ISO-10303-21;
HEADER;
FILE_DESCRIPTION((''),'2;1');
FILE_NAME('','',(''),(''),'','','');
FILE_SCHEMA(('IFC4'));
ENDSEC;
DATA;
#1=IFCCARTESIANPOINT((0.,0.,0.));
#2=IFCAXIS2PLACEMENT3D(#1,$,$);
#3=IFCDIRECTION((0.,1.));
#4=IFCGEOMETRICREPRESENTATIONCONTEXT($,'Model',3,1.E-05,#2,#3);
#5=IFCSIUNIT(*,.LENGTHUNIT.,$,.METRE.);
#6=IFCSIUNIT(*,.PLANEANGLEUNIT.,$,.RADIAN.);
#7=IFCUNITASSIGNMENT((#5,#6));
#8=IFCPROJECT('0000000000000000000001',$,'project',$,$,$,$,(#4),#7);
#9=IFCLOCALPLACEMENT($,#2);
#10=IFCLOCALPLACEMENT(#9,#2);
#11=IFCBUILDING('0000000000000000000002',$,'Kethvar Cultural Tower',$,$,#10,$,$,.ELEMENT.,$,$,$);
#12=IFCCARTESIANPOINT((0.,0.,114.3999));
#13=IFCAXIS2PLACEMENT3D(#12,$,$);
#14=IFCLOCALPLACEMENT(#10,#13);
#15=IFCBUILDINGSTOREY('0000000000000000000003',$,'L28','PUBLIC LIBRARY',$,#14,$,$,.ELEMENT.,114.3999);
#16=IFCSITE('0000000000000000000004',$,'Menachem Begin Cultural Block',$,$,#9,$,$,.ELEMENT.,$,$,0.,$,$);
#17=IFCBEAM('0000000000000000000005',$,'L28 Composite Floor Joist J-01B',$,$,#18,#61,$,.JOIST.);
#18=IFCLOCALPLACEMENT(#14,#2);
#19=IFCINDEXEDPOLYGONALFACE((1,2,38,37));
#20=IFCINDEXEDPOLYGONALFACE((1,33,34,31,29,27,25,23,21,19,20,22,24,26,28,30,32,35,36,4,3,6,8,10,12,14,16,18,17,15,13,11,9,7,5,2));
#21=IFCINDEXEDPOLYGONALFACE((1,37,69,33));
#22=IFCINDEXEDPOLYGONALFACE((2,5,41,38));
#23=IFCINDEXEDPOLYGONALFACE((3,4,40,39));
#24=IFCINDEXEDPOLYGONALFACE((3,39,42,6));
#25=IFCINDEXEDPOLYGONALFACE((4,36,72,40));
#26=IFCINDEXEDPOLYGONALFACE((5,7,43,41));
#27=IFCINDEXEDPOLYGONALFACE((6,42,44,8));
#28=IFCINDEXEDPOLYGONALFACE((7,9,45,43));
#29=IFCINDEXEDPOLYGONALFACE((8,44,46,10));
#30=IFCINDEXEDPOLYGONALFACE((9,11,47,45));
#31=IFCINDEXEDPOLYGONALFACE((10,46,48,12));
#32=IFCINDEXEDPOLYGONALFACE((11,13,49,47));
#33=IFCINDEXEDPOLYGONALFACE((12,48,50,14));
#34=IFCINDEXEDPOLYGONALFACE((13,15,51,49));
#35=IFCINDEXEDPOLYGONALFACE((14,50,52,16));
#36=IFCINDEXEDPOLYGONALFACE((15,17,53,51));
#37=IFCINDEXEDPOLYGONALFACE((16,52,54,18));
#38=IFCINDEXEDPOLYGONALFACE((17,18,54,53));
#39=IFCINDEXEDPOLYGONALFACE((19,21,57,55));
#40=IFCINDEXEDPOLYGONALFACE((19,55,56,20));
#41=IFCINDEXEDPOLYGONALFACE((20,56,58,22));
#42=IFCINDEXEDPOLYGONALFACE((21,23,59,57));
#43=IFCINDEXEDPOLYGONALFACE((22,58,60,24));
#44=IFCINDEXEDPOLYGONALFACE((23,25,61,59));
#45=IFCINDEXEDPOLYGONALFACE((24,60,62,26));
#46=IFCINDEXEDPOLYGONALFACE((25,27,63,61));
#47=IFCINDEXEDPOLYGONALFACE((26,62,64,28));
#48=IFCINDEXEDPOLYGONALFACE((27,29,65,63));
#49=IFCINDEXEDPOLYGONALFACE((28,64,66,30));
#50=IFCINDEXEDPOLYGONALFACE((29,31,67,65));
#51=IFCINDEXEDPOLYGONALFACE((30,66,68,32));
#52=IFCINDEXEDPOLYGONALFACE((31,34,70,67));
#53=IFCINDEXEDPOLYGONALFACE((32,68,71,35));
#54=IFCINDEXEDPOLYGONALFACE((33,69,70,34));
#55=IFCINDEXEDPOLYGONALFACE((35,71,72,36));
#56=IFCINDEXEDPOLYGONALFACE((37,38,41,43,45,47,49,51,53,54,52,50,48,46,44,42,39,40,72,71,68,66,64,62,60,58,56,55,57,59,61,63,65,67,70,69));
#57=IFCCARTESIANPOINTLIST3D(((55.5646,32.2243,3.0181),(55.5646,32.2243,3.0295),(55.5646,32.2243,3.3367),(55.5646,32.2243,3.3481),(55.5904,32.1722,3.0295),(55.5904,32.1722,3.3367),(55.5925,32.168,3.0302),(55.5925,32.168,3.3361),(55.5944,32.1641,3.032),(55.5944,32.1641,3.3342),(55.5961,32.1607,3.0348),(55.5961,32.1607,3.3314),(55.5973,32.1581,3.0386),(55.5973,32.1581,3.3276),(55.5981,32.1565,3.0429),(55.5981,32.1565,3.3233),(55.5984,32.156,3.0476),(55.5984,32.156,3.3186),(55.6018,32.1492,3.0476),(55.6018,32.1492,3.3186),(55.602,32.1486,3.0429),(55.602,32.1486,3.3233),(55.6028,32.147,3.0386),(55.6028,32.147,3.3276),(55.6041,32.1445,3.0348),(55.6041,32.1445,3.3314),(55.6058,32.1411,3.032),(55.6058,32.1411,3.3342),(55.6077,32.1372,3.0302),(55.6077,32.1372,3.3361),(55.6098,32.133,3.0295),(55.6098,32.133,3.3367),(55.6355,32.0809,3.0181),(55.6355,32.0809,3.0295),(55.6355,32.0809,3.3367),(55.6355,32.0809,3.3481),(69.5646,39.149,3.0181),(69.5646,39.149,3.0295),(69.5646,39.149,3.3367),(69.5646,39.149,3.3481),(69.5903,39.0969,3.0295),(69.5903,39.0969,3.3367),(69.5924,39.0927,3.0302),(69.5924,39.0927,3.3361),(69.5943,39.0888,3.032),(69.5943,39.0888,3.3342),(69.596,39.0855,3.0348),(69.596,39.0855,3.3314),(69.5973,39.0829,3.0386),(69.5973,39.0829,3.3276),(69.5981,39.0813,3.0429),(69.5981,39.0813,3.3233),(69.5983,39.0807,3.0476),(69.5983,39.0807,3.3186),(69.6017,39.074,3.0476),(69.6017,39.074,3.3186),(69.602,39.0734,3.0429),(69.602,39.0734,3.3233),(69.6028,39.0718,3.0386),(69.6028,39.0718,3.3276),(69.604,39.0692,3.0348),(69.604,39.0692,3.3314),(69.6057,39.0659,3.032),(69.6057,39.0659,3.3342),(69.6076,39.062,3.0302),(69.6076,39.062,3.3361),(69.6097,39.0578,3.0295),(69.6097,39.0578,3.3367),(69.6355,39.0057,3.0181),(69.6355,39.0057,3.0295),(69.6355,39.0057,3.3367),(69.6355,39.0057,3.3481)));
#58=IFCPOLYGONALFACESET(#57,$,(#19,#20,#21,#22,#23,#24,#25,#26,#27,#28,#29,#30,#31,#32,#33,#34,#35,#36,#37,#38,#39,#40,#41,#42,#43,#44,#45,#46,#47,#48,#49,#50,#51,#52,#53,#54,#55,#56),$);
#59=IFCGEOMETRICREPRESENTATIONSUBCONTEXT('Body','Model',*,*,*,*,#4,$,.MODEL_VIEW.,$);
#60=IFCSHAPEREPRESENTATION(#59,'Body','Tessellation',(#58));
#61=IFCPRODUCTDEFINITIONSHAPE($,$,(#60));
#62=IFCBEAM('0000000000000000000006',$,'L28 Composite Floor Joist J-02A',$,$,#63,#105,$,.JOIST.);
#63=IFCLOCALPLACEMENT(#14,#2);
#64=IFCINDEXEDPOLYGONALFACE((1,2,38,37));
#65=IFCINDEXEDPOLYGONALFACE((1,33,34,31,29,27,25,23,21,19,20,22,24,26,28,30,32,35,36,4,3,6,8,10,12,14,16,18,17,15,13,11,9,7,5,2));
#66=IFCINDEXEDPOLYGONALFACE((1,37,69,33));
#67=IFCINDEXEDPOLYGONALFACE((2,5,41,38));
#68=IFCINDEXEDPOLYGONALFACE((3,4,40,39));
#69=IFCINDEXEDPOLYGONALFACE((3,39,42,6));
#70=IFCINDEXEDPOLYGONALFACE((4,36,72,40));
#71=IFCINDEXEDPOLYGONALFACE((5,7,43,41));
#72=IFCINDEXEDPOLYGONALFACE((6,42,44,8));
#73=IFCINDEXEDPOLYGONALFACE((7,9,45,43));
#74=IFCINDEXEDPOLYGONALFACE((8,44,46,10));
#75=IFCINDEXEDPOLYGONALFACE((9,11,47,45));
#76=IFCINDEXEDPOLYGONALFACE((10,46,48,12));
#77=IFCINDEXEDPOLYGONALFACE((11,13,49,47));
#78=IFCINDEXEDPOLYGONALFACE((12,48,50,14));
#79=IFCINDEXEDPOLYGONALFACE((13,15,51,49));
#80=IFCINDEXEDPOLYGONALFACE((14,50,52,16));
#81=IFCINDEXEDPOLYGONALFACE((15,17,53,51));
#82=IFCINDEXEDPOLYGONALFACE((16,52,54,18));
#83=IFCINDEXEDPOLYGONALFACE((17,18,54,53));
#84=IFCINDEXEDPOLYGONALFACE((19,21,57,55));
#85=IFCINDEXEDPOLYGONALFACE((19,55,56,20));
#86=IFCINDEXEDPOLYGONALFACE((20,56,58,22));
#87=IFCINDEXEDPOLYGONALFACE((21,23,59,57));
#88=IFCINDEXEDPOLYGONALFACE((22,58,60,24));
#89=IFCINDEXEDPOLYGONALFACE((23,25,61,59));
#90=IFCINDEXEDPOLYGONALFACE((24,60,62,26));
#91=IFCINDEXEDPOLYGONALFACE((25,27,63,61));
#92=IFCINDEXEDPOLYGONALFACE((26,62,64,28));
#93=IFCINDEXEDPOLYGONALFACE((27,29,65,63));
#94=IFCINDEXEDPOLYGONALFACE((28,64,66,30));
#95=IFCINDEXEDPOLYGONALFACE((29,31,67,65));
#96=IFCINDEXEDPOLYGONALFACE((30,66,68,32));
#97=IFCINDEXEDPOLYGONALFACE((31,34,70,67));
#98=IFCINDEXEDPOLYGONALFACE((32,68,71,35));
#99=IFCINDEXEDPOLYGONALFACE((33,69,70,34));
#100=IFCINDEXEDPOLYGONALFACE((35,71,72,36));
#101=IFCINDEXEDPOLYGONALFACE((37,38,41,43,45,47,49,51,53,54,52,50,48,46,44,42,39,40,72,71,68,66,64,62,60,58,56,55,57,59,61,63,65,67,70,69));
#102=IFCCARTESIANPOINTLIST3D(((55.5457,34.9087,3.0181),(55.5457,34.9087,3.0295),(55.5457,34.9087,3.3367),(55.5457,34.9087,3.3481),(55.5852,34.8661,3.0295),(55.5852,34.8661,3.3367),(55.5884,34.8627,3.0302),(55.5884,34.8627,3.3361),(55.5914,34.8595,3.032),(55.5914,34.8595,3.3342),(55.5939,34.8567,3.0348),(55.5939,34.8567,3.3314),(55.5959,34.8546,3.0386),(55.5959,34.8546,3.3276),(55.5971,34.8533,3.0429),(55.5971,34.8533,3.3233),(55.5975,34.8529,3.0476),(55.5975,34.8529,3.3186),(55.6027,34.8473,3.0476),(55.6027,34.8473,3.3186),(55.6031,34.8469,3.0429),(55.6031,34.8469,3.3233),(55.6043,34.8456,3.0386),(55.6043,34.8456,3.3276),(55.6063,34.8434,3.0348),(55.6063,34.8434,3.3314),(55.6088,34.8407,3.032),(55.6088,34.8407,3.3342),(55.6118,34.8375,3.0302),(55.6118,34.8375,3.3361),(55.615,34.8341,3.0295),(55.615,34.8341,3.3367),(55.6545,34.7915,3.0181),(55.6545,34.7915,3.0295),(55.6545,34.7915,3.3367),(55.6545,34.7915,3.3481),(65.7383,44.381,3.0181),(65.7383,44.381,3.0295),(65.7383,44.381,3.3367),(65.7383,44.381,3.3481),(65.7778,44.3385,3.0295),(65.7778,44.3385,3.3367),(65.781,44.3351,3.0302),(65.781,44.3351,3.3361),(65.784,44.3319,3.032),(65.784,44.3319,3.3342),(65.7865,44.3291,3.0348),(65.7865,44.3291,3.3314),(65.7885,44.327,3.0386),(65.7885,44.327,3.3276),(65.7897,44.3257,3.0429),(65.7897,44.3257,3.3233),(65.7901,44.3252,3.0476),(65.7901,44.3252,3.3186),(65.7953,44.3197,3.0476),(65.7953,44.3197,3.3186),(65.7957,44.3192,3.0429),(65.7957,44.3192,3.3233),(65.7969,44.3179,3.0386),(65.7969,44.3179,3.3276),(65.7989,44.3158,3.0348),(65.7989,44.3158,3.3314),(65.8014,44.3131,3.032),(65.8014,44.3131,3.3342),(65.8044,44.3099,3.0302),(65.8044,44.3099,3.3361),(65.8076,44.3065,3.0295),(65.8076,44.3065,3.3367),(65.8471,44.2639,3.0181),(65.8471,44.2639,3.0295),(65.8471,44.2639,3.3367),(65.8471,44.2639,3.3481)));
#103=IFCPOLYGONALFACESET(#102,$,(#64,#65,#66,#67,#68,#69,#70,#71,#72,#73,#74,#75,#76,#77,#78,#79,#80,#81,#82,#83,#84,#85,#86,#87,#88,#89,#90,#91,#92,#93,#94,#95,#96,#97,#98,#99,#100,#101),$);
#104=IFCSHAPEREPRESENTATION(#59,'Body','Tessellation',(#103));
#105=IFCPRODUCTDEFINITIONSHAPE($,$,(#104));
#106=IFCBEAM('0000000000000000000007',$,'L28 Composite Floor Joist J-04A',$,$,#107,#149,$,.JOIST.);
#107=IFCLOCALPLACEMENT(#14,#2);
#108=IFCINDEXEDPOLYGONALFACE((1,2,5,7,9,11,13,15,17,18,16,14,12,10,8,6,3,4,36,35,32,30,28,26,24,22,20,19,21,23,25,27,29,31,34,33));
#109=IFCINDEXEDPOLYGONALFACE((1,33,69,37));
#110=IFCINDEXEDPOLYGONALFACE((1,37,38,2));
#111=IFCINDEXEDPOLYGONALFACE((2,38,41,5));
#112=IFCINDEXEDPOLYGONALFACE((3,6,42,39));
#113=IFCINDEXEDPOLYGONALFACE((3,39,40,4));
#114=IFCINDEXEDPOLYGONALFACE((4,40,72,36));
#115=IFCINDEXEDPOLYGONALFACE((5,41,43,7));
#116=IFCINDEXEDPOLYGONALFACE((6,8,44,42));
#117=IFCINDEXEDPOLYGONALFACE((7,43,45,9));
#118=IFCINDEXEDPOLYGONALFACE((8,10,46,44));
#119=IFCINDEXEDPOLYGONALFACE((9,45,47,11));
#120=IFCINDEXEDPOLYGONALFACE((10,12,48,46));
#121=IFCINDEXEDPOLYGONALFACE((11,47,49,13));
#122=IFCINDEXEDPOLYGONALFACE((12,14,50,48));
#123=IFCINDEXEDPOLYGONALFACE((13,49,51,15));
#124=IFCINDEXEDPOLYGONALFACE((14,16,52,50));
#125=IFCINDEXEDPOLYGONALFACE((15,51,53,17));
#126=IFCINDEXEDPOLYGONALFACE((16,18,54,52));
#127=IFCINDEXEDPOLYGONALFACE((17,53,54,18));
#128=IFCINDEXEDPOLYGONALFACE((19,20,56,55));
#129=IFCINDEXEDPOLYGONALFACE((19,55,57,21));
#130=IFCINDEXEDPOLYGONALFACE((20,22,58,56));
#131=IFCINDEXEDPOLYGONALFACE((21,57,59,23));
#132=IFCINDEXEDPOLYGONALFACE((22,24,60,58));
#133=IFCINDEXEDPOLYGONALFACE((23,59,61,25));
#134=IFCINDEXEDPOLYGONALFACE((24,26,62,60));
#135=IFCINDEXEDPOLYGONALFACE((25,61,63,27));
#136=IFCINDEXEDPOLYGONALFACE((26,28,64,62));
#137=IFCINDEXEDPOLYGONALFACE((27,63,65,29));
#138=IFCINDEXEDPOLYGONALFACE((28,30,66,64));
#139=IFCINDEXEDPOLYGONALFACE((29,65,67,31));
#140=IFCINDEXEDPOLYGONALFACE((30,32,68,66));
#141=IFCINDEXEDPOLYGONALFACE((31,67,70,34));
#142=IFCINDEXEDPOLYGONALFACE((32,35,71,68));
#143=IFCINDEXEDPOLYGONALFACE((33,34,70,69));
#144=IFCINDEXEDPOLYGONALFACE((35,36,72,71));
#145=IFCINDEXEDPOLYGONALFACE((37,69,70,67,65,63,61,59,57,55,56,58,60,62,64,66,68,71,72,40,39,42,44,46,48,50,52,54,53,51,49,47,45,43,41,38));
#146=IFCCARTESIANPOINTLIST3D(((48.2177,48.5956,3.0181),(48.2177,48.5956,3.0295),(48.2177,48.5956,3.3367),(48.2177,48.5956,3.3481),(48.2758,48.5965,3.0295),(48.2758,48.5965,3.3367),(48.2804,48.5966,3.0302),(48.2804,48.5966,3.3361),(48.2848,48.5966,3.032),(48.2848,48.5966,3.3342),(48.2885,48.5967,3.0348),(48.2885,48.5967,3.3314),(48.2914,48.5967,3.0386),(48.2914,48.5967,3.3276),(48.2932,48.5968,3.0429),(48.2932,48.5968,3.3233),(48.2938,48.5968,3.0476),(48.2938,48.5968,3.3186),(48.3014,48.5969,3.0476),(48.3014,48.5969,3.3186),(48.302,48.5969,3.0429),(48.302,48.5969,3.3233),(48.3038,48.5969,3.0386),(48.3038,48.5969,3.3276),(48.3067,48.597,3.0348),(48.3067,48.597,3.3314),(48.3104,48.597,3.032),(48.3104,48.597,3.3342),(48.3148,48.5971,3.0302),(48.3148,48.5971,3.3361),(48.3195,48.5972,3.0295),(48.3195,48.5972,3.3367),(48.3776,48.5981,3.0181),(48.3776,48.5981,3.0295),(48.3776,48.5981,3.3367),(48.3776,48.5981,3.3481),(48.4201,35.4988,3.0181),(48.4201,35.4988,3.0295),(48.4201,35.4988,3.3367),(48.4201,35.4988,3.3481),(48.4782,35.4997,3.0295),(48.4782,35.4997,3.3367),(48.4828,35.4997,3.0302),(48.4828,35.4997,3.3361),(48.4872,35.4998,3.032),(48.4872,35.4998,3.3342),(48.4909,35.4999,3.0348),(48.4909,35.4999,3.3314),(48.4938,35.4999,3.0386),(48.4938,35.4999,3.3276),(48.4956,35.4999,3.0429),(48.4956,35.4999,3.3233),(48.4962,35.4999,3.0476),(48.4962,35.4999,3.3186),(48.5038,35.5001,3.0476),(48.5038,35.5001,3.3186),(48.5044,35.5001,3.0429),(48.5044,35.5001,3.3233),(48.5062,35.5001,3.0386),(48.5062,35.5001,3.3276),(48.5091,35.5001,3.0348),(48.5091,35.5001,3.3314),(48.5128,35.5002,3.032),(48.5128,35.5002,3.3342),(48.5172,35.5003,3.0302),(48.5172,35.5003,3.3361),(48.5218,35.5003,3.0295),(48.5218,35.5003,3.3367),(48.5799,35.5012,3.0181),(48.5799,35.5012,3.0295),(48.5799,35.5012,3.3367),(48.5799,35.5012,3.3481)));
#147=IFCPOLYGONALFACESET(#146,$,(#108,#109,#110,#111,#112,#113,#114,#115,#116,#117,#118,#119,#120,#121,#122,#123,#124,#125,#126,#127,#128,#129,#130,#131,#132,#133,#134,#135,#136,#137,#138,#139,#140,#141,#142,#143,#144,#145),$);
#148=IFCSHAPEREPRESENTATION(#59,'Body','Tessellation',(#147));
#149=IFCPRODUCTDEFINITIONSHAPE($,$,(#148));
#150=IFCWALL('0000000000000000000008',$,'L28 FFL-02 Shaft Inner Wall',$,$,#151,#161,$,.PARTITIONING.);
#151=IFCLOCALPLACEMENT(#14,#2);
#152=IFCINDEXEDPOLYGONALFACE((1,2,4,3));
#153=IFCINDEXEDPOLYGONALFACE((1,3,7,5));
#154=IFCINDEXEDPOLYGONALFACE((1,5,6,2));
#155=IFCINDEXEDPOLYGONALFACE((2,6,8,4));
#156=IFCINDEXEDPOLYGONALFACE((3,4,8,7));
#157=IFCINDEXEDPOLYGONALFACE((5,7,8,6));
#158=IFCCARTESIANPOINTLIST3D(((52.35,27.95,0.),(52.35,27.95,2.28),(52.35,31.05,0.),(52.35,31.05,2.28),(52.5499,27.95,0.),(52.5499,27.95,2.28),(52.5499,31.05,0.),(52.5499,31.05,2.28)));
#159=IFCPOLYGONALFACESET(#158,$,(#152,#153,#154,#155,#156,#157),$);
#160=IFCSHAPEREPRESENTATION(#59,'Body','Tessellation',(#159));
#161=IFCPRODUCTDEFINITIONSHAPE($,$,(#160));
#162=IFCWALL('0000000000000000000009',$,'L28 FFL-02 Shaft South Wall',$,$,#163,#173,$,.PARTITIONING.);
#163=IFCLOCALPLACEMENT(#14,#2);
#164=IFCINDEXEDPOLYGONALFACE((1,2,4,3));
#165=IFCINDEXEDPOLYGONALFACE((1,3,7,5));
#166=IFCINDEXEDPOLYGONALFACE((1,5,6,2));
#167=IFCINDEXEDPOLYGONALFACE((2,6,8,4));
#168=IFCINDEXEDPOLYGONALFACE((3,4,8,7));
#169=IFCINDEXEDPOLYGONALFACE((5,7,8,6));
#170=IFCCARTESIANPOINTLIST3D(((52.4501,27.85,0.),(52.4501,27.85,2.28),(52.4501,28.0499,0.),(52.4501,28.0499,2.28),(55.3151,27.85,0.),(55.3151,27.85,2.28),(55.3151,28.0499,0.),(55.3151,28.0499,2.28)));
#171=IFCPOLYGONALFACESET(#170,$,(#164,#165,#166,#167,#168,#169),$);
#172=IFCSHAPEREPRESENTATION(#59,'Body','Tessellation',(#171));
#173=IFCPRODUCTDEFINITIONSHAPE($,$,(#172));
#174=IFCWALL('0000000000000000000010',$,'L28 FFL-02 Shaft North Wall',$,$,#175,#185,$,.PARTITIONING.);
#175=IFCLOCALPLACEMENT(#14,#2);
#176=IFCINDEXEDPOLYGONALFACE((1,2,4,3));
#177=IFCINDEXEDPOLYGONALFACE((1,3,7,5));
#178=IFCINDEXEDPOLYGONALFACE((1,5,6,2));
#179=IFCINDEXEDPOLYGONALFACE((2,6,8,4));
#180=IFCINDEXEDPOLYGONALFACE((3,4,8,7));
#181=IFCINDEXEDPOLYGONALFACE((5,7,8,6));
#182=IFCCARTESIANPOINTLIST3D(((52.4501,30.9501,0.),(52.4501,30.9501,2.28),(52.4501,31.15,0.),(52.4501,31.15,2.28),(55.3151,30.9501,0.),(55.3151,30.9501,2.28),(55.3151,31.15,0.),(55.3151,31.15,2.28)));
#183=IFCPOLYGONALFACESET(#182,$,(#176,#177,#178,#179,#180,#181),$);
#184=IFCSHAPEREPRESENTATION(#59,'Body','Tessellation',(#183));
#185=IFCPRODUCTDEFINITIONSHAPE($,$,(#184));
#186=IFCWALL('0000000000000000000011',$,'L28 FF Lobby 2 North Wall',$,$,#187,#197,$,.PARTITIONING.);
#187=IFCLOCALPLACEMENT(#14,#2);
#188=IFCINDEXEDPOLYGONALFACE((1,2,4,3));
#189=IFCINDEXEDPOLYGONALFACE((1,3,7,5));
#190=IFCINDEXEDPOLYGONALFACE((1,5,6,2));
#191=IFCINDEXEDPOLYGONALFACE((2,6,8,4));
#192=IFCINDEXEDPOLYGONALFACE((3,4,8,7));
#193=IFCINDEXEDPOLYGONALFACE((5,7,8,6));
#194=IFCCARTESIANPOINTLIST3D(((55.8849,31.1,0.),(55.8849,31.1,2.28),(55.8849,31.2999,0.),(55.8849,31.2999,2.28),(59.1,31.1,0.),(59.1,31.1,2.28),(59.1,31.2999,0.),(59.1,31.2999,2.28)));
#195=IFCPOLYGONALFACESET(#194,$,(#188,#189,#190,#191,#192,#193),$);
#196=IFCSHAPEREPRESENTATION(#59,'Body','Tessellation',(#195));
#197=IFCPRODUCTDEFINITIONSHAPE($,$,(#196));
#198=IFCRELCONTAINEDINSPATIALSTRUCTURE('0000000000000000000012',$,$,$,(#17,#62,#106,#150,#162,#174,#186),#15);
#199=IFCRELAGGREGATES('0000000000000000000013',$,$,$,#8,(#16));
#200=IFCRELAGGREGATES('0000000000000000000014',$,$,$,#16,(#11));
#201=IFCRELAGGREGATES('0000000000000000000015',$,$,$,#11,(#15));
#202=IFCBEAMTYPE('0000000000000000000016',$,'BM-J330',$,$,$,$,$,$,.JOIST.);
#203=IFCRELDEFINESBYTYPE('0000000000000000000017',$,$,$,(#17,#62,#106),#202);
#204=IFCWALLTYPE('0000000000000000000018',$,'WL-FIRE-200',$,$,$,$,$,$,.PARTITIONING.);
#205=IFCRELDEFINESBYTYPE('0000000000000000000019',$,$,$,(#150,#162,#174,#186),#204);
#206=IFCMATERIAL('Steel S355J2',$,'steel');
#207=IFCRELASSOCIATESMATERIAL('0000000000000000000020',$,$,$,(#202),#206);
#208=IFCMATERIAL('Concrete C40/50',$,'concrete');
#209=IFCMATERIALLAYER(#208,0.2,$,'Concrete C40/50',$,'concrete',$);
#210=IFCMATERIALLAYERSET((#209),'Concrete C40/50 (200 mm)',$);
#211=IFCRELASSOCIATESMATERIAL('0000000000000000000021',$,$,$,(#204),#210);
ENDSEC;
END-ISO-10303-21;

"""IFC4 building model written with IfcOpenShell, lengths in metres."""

from ifc_helpers import new_model, si_unit, direction, frame, frame_2d, origin, origin_2d, place, context, subcontext, project, spatial, rectangle, i_section, extrude, source, transform, mapped, material, layer, layer_set, material_profile, profile_set, type_object, element, save


model = new_model("IFC4")

# Units and contexts
model_context = context("Model", 3, precision=1e-05, world=origin(), true_north=direction((0.0, 1.0)))
body_context = subcontext(model_context, "Body", "Model", "MODEL_VIEW")
ifc_project = project(units=[si_unit("LENGTHUNIT", "METRE"), si_unit("PLANEANGLEUNIT", "RADIAN")], contexts=[model_context])

# Site, building, storey
site_placement = place(None, origin())
site = spatial("IfcSite", under=ifc_project, at=site_placement, Name="Menachem Begin Cultural Block", CompositionType="ELEMENT", RefElevation=0.0)
building_placement = place(site_placement, origin())
building = spatial("IfcBuilding", under=site, at=building_placement, Name="Kethvar Cultural Tower", CompositionType="ELEMENT")
storey_placement = place(building_placement, frame((0.0, 0.0, 114.3999)))
storey = spatial("IfcBuildingStorey", under=building, at=storey_placement, Name="L28", Description="PUBLIC LIBRARY", CompositionType="ELEMENT", Elevation=114.3999)

# Beams
ifc_material_1 = material(Name="Steel S355J2", Category="steel")
ifc_material_profile_1 = material_profile(ifc_material_1, i_section(OverallWidth=0.1599, OverallDepth=0.3301, WebThickness=0.0076, FlangeThickness=0.0115, FilletRadius=0.0181, at=origin_2d()), Name="Steel S355J2 — IPE330")
ifc_profile_set_1 = profile_set([ifc_material_profile_1], Name="Steel S355J2 — IPE330")
beam_type_1 = type_object("IfcBeamType", Name="BM-J330", PredefinedType="JOIST", material=ifc_profile_set_1)
shared_shape_1 = source(origin(), body_context, "Body", "SweptSolid", [
    extrude(i_section(OverallWidth=0.1599, OverallDepth=0.3301, WebThickness=0.0076, FlangeThickness=0.0115, FilletRadius=0.0181, at=origin_2d()), origin(), (0.0, 0.0, 1.0), 15.6189),
])
beam_1_placement = place(storey_placement, frame((55.6001, 32.1526, 3.1831), z_axis=(0.896345, 0.443358, 0.0), x_axis=(-0.443358, 0.896345, 0.0)))
element("IfcBeam", 1, at=beam_1_placement, inside=storey, type_object=beam_type_1, Name="L28 Composite Floor Joist J-01B", PredefinedType="JOIST", context=body_context, shape_type="MappedRepresentation", body=[
    mapped(shared_shape_1, transform((0.0, 0.0, 0.0), scale=1.0)),
])
shared_shape_2 = source(origin(), body_context, "Body", "SweptSolid", [
    extrude(i_section(OverallWidth=0.1599, OverallDepth=0.3301, WebThickness=0.0076, FlangeThickness=0.0115, FilletRadius=0.0181, at=origin_2d()), origin(), (0.0, 0.0, 1.0), 13.9146),
])
beam_2_placement = place(storey_placement, frame((55.6001, 34.8501, 3.1831), z_axis=(0.732513, 0.680753, 0.0), x_axis=(-0.680753, 0.732513, 0.0)))
element("IfcBeam", 2, at=beam_2_placement, inside=storey, type_object=beam_type_1, Name="L28 Composite Floor Joist J-02A", PredefinedType="JOIST", context=body_context, shape_type="MappedRepresentation", body=[
    mapped(shared_shape_2, transform((0.0, 0.0, 0.0), scale=1.0)),
])
shared_shape_3 = source(origin(), body_context, "Body", "SweptSolid", [
    extrude(i_section(OverallWidth=0.1599, OverallDepth=0.3301, WebThickness=0.0076, FlangeThickness=0.0115, FilletRadius=0.0181, at=origin_2d()), origin(), (0.0, 0.0, 1.0), 13.0984),
])
beam_3_placement = place(storey_placement, frame((48.5, 35.5, 3.1831), z_axis=(-0.015452, 0.999881, 0.0), x_axis=(-0.999881, -0.015452, 0.0)))
element("IfcBeam", 3, at=beam_3_placement, inside=storey, type_object=beam_type_1, Name="L28 Composite Floor Joist J-04A", PredefinedType="JOIST", context=body_context, shape_type="MappedRepresentation", body=[
    mapped(shared_shape_3, transform((0.0, 0.0, 0.0), scale=1.0)),
])

# Walls
ifc_material_2 = material(Name="Concrete C40/50", Category="concrete")
ifc_layer_1 = layer(ifc_material_2, 0.2, Name="Concrete C40/50", Category="concrete")
ifc_layer_set_1 = layer_set([ifc_layer_1], Name="Concrete C40/50 (200 mm)")
wall_type_1 = type_object("IfcWallType", Name="WL-FIRE-200", PredefinedType="PARTITIONING", material=ifc_layer_set_1)
wall_1_placement = place(storey_placement, frame((52.45, 27.95, 0.0), z_axis=(0.0, 0.0, 1.0), x_axis=(0.0, 1.0, 0.0)))
element("IfcWall", 4, at=wall_1_placement, inside=storey, type_object=wall_type_1, Name="L28 FFL-02 Shaft Inner Wall", PredefinedType="PARTITIONING", context=body_context, shape_type="SweptSolid", body=[
    extrude(rectangle(XDim=3.1001, YDim=0.2, at=frame_2d((1.55, 0.0))), origin(), (0.0, 0.0, 1.0), 2.28),
])
for number, where, z_axis, x_axis, name in (
    (5, (52.45, 27.95, 0.0), (0.0, 0.0, 1.0), (1.0, 0.0, 0.0), "L28 FFL-02 Shaft South Wall"),
    (6, (52.45, 31.05, 0.0), (0.0, 0.0, 1.0), (1.0, 0.0, 0.0), "L28 FFL-02 Shaft North Wall"),
):
    element("IfcWall", number, at=place(storey_placement, frame(where, z_axis=z_axis, x_axis=x_axis)), inside=storey, type_object=wall_type_1, Name=name, PredefinedType="PARTITIONING", context=body_context, shape_type="SweptSolid", body=[
        extrude(rectangle(XDim=2.865, YDim=0.2, at=frame_2d((1.4326, 0.0))), origin(), (0.0, 0.0, 1.0), 2.28),
    ])
wall_2_placement = place(storey_placement, frame((55.885, 31.2, 0.0), z_axis=(0.0, 0.0, 1.0), x_axis=(1.0, 0.0, 0.0)))
element("IfcWall", 7, at=wall_2_placement, inside=storey, type_object=wall_type_1, Name="L28 FF Lobby 2 North Wall", PredefinedType="PARTITIONING", context=body_context, shape_type="SweptSolid", body=[
    extrude(rectangle(XDim=3.2151, YDim=0.2, at=frame_2d((1.6074, 0.0))), origin(), (0.0, 0.0, 1.0), 2.28),
])

save(model, "model.ifc")
